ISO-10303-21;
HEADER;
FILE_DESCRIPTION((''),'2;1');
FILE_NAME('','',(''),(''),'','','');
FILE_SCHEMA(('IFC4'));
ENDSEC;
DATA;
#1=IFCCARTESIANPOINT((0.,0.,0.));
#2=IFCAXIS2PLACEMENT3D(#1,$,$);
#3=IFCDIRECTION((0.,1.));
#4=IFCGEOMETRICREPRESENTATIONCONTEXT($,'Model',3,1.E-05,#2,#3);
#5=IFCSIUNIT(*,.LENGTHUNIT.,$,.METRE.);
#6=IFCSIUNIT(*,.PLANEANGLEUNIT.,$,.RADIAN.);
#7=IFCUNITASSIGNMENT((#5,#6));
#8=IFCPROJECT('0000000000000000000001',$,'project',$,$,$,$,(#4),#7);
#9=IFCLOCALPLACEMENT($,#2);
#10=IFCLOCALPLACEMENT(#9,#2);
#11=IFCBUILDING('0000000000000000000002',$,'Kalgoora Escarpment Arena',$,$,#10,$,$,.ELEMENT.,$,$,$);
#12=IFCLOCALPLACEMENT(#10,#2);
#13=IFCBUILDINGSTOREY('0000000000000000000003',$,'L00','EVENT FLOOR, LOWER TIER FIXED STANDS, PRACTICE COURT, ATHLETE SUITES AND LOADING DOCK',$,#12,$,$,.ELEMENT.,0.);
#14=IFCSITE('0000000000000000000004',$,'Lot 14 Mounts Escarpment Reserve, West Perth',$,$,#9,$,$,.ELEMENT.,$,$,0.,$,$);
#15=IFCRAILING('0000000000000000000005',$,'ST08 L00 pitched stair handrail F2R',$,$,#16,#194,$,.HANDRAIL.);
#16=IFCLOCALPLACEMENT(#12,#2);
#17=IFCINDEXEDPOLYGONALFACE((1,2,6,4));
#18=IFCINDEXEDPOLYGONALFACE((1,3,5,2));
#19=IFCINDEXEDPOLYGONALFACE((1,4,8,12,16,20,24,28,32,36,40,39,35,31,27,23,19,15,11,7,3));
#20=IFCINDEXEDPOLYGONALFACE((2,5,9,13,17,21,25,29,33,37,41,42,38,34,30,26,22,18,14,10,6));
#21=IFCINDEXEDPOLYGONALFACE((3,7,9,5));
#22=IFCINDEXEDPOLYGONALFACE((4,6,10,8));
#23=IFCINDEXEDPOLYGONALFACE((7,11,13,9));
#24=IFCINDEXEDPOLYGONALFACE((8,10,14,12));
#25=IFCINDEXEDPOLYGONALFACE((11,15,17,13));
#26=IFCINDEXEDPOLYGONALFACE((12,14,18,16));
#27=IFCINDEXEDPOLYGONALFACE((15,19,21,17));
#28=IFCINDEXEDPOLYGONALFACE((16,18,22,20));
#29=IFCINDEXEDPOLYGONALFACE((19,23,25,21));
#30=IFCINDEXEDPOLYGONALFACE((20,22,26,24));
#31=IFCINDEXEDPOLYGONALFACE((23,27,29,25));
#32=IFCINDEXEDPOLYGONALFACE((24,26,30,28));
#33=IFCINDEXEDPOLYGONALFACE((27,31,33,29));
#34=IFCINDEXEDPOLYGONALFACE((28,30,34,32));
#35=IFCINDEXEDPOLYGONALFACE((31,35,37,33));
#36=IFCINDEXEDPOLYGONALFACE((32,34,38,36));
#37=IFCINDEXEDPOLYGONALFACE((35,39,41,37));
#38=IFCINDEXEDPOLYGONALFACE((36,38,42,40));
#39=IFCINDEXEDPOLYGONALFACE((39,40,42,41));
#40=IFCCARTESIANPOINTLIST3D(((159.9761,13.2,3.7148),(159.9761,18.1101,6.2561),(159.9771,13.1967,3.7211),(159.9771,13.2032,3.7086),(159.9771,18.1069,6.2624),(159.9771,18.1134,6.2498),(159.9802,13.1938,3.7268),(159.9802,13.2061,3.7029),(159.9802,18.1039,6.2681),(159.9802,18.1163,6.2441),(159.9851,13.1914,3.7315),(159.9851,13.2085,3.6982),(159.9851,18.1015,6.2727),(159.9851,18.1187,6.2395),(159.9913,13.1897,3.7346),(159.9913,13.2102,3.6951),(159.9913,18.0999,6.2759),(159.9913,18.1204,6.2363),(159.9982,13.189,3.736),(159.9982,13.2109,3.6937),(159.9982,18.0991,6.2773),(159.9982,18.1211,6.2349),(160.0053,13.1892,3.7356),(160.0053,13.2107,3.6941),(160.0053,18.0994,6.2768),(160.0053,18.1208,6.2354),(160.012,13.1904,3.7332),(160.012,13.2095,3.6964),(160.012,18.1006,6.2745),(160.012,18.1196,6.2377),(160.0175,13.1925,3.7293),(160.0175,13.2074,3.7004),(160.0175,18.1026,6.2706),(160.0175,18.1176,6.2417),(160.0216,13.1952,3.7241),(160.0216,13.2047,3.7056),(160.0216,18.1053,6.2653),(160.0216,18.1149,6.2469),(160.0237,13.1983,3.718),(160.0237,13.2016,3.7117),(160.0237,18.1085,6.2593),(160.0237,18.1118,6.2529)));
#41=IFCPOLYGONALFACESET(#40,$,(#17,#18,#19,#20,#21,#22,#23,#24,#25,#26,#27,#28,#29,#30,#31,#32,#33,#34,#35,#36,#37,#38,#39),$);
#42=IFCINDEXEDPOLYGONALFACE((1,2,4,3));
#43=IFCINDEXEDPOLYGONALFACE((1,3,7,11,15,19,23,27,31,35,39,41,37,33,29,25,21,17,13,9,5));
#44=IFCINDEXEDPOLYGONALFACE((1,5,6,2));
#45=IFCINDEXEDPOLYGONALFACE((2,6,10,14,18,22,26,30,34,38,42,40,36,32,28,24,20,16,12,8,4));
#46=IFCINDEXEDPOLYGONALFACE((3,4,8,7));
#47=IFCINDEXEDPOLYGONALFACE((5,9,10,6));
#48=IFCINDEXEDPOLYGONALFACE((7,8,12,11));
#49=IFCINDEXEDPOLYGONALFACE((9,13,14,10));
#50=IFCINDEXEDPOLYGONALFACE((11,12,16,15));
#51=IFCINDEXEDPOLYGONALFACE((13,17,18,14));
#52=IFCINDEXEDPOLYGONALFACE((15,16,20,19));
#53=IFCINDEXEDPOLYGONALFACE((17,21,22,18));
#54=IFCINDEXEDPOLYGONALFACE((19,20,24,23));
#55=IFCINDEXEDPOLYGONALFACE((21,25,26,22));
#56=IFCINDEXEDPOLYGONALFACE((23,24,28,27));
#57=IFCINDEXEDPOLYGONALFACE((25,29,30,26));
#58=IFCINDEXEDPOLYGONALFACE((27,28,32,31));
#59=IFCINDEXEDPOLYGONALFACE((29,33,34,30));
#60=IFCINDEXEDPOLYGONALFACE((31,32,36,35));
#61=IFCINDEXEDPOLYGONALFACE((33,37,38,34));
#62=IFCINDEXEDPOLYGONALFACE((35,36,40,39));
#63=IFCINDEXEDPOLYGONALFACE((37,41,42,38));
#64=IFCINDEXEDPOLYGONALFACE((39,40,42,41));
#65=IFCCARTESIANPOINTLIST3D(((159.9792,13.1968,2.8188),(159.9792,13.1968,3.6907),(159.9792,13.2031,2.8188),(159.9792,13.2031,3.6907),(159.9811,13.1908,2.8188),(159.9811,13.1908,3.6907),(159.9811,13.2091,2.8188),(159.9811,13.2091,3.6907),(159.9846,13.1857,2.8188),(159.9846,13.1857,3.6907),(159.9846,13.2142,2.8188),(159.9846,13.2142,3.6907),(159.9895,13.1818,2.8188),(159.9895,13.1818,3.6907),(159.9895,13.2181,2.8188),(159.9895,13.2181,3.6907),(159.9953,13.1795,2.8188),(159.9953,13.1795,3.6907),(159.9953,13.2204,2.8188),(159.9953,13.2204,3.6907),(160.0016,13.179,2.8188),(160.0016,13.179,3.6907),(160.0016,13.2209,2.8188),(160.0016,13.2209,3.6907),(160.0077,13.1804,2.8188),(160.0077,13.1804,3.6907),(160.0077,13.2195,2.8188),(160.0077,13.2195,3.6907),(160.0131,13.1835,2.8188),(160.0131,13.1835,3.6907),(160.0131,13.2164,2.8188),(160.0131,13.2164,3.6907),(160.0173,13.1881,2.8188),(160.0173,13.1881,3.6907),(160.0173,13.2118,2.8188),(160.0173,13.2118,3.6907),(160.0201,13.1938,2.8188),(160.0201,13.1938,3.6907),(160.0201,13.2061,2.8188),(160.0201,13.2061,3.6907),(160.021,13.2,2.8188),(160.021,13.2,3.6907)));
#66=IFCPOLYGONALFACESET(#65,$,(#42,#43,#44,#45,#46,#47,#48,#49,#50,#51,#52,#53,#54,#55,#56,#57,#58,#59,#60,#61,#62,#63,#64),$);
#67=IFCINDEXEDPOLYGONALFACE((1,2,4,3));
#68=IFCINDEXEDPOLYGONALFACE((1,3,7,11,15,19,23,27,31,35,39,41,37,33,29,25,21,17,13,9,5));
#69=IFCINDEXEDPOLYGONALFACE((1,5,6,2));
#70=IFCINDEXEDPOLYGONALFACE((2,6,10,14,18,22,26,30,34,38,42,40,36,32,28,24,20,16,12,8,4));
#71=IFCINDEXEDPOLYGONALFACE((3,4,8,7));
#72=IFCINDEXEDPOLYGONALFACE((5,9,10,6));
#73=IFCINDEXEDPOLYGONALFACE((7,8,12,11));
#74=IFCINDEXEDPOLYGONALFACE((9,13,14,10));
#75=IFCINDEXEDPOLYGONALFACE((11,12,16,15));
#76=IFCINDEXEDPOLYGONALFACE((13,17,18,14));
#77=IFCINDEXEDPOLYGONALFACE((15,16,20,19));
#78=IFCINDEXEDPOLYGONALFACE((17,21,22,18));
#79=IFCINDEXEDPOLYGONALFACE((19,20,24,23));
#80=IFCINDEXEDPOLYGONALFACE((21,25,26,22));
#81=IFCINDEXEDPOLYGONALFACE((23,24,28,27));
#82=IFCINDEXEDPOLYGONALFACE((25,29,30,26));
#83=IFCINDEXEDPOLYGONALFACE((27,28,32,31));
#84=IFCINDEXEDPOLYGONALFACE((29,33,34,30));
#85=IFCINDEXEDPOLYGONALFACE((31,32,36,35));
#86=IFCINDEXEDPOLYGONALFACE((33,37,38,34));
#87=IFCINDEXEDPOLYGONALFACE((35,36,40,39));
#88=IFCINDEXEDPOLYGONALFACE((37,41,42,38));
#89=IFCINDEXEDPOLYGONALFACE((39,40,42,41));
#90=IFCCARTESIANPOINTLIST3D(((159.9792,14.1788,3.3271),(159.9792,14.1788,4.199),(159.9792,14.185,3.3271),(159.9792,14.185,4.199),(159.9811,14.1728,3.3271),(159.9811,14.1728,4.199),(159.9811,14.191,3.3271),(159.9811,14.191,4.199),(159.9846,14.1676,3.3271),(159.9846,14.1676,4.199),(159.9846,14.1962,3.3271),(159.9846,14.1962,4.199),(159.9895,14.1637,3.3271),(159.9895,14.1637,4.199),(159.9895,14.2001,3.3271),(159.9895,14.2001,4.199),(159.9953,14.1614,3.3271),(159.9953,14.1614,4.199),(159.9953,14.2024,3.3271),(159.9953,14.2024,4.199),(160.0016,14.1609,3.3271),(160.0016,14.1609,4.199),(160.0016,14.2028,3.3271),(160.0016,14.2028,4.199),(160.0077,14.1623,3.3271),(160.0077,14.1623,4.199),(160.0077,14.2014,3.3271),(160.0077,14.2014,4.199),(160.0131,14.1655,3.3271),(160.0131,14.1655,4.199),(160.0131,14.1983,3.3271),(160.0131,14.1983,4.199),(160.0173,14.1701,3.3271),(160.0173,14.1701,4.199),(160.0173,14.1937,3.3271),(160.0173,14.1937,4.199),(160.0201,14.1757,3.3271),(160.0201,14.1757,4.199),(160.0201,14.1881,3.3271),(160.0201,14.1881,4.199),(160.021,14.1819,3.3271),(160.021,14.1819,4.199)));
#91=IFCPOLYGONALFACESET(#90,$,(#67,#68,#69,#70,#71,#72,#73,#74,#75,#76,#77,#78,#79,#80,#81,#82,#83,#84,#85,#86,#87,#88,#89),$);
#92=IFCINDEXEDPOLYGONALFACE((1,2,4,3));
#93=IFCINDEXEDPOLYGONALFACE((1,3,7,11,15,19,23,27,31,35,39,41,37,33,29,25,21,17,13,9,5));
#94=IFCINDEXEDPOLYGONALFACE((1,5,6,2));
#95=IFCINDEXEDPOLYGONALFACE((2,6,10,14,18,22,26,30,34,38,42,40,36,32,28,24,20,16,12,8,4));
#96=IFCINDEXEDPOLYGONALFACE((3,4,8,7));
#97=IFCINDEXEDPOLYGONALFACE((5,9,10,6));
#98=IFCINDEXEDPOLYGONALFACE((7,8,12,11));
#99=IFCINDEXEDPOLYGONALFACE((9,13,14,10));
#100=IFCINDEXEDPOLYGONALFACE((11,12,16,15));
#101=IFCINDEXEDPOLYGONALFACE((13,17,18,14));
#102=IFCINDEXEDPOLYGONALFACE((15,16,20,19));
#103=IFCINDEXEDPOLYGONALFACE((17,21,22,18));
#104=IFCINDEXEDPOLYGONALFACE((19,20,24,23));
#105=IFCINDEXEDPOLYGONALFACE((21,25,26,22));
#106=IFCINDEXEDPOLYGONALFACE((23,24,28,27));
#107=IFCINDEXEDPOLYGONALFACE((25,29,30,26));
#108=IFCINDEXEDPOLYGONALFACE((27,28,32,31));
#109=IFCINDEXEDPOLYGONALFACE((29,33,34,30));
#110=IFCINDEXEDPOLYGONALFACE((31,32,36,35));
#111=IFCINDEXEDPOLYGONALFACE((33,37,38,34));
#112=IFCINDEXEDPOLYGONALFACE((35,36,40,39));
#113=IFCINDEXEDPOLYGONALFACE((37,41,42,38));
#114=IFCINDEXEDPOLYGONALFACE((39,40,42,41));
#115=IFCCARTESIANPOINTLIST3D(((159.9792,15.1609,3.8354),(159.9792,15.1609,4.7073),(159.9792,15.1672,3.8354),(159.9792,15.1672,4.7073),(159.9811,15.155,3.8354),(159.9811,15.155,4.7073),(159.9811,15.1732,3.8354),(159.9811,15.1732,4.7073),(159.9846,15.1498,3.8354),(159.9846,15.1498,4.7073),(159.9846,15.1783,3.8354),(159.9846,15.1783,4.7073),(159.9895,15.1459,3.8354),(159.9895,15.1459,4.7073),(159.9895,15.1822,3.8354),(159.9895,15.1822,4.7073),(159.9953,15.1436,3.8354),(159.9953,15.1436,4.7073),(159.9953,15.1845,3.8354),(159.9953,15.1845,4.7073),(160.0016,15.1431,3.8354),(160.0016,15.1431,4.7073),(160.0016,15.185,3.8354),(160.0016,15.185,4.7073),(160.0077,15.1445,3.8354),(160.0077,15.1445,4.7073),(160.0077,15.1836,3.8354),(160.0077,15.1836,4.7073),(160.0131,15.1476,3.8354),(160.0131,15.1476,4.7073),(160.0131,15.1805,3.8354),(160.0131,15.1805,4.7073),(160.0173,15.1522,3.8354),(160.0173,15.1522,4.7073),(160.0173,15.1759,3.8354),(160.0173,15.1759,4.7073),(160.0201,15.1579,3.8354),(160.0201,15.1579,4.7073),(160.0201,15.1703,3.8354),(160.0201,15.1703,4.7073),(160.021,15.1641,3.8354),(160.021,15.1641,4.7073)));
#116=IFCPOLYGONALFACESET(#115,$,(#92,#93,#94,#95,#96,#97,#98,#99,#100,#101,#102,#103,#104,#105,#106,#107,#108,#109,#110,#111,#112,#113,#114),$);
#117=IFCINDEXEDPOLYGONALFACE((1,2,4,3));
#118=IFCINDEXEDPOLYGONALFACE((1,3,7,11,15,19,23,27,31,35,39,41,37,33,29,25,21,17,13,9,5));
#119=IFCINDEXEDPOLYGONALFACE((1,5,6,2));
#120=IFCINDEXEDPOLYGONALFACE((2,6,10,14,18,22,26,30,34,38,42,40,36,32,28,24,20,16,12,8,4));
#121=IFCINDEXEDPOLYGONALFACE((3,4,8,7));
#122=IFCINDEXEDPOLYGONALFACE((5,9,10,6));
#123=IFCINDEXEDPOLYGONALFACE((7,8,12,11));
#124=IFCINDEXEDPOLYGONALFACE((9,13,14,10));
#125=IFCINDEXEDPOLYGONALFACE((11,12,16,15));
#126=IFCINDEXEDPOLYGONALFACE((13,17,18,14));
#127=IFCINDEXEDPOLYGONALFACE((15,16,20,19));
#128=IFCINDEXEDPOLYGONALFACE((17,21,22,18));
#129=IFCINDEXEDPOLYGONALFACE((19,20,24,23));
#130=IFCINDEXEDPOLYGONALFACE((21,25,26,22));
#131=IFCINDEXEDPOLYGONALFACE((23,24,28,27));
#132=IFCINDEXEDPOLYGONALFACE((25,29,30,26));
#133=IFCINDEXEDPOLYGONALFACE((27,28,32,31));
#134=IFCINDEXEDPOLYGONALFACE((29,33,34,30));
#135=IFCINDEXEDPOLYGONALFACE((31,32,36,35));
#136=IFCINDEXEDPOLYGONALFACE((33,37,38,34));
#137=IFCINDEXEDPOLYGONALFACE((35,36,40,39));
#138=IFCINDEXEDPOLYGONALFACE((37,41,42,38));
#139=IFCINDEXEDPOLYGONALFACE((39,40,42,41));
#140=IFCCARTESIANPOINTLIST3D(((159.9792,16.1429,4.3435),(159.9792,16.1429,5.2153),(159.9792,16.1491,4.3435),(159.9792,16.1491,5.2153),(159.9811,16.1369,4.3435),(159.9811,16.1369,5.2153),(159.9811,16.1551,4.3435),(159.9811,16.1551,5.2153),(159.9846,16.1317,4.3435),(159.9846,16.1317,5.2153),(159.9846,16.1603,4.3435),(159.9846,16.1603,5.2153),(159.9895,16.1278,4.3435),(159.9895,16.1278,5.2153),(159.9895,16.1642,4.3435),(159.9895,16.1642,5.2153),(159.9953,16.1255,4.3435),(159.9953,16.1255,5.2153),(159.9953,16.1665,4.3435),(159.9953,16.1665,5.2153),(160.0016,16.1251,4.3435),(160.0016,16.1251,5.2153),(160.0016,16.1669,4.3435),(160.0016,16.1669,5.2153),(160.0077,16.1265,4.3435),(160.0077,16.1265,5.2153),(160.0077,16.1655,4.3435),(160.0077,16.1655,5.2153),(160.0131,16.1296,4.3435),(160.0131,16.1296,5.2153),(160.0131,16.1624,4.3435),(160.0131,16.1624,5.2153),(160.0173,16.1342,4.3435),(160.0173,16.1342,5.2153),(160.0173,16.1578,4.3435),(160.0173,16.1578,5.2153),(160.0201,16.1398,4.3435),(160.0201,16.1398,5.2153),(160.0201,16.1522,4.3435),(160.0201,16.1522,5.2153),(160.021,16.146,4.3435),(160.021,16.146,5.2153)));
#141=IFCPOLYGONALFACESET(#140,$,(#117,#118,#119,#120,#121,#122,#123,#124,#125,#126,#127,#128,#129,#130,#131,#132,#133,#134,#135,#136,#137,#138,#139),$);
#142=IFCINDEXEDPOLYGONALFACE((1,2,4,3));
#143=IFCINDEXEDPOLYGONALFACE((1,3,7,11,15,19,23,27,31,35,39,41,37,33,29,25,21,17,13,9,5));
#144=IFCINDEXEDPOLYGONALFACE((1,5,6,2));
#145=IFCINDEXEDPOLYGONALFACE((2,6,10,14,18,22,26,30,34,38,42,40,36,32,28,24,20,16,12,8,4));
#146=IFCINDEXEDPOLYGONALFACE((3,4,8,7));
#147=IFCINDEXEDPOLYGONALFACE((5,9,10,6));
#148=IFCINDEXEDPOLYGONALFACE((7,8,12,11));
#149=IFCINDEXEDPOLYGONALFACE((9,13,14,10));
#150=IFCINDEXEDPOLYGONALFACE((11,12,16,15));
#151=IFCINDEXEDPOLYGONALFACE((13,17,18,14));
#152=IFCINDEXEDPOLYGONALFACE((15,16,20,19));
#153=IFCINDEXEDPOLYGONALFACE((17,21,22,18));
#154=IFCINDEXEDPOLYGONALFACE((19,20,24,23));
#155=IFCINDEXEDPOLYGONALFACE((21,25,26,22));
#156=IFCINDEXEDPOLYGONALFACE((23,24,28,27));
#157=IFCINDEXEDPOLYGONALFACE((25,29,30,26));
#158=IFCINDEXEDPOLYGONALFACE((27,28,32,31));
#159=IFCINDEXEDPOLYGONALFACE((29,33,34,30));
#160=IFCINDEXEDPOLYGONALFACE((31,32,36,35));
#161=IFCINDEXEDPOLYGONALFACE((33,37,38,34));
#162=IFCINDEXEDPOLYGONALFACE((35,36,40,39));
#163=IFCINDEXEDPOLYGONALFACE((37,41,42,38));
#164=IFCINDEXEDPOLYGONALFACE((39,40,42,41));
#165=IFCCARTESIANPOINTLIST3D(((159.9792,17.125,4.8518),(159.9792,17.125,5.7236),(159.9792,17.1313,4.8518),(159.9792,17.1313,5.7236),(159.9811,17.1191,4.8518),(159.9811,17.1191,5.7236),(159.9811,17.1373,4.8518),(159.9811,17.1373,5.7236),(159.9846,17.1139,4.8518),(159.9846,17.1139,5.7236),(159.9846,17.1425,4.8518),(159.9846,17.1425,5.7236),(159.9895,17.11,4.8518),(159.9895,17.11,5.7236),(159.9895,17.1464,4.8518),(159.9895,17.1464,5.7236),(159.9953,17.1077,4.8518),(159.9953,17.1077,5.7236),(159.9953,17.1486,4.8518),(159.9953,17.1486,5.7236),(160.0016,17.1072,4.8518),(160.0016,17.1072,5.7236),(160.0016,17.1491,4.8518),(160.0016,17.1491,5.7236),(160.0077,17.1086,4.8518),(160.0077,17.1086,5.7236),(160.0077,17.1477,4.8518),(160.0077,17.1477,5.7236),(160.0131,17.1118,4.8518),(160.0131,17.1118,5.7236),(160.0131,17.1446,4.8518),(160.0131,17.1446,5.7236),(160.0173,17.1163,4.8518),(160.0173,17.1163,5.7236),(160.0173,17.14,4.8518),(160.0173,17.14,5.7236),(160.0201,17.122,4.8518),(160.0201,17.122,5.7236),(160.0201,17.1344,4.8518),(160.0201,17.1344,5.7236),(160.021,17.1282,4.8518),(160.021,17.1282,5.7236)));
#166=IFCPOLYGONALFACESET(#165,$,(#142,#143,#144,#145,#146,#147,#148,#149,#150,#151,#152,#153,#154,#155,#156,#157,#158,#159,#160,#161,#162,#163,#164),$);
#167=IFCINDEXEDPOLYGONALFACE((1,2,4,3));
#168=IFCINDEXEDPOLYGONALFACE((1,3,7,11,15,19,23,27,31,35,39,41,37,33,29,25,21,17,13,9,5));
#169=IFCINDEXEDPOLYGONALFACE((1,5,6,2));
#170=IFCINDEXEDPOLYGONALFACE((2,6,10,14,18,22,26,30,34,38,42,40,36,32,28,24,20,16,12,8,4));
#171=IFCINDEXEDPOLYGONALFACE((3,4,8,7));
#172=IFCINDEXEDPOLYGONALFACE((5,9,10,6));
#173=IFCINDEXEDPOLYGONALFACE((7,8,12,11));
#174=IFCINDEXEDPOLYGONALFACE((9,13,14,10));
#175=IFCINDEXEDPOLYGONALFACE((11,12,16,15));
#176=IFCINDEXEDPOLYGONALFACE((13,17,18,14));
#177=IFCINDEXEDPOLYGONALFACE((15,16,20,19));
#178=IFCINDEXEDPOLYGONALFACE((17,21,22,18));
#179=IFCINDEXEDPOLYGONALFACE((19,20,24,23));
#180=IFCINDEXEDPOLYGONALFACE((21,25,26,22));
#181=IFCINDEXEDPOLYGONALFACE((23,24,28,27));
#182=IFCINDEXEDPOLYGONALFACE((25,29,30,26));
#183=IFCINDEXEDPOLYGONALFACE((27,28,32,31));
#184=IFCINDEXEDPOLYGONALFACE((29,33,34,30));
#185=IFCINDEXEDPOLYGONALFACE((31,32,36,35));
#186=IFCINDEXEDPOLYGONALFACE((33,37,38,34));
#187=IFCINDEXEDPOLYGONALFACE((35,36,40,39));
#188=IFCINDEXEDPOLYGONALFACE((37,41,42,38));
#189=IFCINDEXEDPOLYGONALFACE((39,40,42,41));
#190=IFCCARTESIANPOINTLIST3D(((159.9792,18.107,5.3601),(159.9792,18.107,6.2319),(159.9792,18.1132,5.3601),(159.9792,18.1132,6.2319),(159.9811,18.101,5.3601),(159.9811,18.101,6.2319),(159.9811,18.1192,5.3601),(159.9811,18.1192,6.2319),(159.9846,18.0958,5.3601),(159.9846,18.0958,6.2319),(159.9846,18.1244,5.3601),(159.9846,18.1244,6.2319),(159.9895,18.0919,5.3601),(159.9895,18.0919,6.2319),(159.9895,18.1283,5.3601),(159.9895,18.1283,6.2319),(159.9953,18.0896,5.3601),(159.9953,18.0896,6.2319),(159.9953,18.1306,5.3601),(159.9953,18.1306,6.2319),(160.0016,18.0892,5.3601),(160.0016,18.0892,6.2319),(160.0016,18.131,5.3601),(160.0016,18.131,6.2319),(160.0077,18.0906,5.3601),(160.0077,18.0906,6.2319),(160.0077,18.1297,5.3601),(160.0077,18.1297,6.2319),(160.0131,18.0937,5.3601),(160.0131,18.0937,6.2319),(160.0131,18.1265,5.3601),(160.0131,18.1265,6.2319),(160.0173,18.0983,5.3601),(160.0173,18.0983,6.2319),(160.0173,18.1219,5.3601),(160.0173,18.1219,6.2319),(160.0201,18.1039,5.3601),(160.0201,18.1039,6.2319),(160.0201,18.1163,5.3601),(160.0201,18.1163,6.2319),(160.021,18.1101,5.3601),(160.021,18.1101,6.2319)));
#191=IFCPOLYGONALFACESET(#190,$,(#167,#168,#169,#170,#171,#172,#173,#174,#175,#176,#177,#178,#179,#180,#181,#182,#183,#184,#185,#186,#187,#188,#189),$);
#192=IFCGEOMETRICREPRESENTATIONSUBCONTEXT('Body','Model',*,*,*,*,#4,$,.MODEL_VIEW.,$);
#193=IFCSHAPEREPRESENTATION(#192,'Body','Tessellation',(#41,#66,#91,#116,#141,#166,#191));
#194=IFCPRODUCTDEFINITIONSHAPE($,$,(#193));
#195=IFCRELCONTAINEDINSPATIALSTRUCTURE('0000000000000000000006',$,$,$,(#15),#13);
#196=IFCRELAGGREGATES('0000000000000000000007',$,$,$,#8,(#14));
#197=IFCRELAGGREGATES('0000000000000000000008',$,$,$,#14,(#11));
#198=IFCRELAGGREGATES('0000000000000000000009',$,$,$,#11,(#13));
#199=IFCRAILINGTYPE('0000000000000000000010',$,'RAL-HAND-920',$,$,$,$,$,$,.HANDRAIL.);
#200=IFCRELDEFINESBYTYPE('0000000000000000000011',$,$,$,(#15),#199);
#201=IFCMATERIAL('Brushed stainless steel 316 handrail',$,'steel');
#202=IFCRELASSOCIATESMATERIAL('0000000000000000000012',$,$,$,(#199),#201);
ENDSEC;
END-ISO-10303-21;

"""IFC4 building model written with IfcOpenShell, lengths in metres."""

from ifc_helpers import new_model, si_unit, direction, frame, origin, origin_2d, place, context, subcontext, project, spatial, circle, extrude, material, type_object, element, save


model = new_model("IFC4")

# Units and contexts
model_context = context("Model", 3, precision=1e-05, world=origin(), true_north=direction((0.0, 1.0)))
body_context = subcontext(model_context, "Body", "Model", "MODEL_VIEW")
ifc_project = project(units=[si_unit("LENGTHUNIT", "METRE"), si_unit("PLANEANGLEUNIT", "RADIAN")], contexts=[model_context])

# Site, building, storey
site_placement = place(None, origin())
site = spatial("IfcSite", under=ifc_project, at=site_placement, Name="Lot 14 Mounts Escarpment Reserve, West Perth", CompositionType="ELEMENT", RefElevation=0.0)
building_placement = place(site_placement, origin())
building = spatial("IfcBuilding", under=site, at=building_placement, Name="Kalgoora Escarpment Arena", CompositionType="ELEMENT")
storey_placement = place(building_placement, origin())
storey = spatial("IfcBuildingStorey", under=building, at=storey_placement, Name="L00", Description="EVENT FLOOR, LOWER TIER FIXED STANDS, PRACTICE COURT, ATHLETE SUITES AND LOADING DOCK", CompositionType="ELEMENT", Elevation=0.0)

# Railing
ifc_material_1 = material(Name="Brushed stainless steel 316 handrail", Category="steel")
railing_type = type_object("IfcRailingType", Name="RAL-HAND-920", PredefinedType="HANDRAIL", material=ifc_material_1)
for number, where, name in (
    (1, (160.0, 13.2, 2.8188), "ST08 L00 pitched stair handrail F2R"),
):
    element("IfcRailing", number, at=place(storey_placement, frame(where)), inside=storey, type_object=railing_type, Name=name, PredefinedType="HANDRAIL", context=body_context, shape_type="SweptSolid", body=[
        extrude(circle(Radius=0.0239, at=origin_2d()), frame((0.0, 0.0, 0.896), z_axis=(0.0, 0.888105, 0.45964), x_axis=(-1.0, 0.0, 0.0)), (0.0, 0.0, 1.0), 5.5288),
        extrude(circle(Radius=0.021, at=origin_2d()), origin(), (0.0, 0.0, 1.0), 0.8718),
        extrude(circle(Radius=0.021, at=origin_2d()), frame((0.0, 0.9819, 0.5083)), (0.0, 0.0, 1.0), 0.8718),
        extrude(circle(Radius=0.021, at=origin_2d()), frame((0.0, 1.9641, 1.0166)), (0.0, 0.0, 1.0), 0.8718),
        extrude(circle(Radius=0.021, at=origin_2d()), frame((0.0, 2.946, 1.5247)), (0.0, 0.0, 1.0), 0.8718),
        extrude(circle(Radius=0.021, at=origin_2d()), frame((0.0, 3.9282, 2.033)), (0.0, 0.0, 1.0), 0.8718),
        extrude(circle(Radius=0.021, at=origin_2d()), frame((0.0, 4.9102, 2.5413)), (0.0, 0.0, 1.0), 0.8718),
    ])

save(model, "model.ifc")
